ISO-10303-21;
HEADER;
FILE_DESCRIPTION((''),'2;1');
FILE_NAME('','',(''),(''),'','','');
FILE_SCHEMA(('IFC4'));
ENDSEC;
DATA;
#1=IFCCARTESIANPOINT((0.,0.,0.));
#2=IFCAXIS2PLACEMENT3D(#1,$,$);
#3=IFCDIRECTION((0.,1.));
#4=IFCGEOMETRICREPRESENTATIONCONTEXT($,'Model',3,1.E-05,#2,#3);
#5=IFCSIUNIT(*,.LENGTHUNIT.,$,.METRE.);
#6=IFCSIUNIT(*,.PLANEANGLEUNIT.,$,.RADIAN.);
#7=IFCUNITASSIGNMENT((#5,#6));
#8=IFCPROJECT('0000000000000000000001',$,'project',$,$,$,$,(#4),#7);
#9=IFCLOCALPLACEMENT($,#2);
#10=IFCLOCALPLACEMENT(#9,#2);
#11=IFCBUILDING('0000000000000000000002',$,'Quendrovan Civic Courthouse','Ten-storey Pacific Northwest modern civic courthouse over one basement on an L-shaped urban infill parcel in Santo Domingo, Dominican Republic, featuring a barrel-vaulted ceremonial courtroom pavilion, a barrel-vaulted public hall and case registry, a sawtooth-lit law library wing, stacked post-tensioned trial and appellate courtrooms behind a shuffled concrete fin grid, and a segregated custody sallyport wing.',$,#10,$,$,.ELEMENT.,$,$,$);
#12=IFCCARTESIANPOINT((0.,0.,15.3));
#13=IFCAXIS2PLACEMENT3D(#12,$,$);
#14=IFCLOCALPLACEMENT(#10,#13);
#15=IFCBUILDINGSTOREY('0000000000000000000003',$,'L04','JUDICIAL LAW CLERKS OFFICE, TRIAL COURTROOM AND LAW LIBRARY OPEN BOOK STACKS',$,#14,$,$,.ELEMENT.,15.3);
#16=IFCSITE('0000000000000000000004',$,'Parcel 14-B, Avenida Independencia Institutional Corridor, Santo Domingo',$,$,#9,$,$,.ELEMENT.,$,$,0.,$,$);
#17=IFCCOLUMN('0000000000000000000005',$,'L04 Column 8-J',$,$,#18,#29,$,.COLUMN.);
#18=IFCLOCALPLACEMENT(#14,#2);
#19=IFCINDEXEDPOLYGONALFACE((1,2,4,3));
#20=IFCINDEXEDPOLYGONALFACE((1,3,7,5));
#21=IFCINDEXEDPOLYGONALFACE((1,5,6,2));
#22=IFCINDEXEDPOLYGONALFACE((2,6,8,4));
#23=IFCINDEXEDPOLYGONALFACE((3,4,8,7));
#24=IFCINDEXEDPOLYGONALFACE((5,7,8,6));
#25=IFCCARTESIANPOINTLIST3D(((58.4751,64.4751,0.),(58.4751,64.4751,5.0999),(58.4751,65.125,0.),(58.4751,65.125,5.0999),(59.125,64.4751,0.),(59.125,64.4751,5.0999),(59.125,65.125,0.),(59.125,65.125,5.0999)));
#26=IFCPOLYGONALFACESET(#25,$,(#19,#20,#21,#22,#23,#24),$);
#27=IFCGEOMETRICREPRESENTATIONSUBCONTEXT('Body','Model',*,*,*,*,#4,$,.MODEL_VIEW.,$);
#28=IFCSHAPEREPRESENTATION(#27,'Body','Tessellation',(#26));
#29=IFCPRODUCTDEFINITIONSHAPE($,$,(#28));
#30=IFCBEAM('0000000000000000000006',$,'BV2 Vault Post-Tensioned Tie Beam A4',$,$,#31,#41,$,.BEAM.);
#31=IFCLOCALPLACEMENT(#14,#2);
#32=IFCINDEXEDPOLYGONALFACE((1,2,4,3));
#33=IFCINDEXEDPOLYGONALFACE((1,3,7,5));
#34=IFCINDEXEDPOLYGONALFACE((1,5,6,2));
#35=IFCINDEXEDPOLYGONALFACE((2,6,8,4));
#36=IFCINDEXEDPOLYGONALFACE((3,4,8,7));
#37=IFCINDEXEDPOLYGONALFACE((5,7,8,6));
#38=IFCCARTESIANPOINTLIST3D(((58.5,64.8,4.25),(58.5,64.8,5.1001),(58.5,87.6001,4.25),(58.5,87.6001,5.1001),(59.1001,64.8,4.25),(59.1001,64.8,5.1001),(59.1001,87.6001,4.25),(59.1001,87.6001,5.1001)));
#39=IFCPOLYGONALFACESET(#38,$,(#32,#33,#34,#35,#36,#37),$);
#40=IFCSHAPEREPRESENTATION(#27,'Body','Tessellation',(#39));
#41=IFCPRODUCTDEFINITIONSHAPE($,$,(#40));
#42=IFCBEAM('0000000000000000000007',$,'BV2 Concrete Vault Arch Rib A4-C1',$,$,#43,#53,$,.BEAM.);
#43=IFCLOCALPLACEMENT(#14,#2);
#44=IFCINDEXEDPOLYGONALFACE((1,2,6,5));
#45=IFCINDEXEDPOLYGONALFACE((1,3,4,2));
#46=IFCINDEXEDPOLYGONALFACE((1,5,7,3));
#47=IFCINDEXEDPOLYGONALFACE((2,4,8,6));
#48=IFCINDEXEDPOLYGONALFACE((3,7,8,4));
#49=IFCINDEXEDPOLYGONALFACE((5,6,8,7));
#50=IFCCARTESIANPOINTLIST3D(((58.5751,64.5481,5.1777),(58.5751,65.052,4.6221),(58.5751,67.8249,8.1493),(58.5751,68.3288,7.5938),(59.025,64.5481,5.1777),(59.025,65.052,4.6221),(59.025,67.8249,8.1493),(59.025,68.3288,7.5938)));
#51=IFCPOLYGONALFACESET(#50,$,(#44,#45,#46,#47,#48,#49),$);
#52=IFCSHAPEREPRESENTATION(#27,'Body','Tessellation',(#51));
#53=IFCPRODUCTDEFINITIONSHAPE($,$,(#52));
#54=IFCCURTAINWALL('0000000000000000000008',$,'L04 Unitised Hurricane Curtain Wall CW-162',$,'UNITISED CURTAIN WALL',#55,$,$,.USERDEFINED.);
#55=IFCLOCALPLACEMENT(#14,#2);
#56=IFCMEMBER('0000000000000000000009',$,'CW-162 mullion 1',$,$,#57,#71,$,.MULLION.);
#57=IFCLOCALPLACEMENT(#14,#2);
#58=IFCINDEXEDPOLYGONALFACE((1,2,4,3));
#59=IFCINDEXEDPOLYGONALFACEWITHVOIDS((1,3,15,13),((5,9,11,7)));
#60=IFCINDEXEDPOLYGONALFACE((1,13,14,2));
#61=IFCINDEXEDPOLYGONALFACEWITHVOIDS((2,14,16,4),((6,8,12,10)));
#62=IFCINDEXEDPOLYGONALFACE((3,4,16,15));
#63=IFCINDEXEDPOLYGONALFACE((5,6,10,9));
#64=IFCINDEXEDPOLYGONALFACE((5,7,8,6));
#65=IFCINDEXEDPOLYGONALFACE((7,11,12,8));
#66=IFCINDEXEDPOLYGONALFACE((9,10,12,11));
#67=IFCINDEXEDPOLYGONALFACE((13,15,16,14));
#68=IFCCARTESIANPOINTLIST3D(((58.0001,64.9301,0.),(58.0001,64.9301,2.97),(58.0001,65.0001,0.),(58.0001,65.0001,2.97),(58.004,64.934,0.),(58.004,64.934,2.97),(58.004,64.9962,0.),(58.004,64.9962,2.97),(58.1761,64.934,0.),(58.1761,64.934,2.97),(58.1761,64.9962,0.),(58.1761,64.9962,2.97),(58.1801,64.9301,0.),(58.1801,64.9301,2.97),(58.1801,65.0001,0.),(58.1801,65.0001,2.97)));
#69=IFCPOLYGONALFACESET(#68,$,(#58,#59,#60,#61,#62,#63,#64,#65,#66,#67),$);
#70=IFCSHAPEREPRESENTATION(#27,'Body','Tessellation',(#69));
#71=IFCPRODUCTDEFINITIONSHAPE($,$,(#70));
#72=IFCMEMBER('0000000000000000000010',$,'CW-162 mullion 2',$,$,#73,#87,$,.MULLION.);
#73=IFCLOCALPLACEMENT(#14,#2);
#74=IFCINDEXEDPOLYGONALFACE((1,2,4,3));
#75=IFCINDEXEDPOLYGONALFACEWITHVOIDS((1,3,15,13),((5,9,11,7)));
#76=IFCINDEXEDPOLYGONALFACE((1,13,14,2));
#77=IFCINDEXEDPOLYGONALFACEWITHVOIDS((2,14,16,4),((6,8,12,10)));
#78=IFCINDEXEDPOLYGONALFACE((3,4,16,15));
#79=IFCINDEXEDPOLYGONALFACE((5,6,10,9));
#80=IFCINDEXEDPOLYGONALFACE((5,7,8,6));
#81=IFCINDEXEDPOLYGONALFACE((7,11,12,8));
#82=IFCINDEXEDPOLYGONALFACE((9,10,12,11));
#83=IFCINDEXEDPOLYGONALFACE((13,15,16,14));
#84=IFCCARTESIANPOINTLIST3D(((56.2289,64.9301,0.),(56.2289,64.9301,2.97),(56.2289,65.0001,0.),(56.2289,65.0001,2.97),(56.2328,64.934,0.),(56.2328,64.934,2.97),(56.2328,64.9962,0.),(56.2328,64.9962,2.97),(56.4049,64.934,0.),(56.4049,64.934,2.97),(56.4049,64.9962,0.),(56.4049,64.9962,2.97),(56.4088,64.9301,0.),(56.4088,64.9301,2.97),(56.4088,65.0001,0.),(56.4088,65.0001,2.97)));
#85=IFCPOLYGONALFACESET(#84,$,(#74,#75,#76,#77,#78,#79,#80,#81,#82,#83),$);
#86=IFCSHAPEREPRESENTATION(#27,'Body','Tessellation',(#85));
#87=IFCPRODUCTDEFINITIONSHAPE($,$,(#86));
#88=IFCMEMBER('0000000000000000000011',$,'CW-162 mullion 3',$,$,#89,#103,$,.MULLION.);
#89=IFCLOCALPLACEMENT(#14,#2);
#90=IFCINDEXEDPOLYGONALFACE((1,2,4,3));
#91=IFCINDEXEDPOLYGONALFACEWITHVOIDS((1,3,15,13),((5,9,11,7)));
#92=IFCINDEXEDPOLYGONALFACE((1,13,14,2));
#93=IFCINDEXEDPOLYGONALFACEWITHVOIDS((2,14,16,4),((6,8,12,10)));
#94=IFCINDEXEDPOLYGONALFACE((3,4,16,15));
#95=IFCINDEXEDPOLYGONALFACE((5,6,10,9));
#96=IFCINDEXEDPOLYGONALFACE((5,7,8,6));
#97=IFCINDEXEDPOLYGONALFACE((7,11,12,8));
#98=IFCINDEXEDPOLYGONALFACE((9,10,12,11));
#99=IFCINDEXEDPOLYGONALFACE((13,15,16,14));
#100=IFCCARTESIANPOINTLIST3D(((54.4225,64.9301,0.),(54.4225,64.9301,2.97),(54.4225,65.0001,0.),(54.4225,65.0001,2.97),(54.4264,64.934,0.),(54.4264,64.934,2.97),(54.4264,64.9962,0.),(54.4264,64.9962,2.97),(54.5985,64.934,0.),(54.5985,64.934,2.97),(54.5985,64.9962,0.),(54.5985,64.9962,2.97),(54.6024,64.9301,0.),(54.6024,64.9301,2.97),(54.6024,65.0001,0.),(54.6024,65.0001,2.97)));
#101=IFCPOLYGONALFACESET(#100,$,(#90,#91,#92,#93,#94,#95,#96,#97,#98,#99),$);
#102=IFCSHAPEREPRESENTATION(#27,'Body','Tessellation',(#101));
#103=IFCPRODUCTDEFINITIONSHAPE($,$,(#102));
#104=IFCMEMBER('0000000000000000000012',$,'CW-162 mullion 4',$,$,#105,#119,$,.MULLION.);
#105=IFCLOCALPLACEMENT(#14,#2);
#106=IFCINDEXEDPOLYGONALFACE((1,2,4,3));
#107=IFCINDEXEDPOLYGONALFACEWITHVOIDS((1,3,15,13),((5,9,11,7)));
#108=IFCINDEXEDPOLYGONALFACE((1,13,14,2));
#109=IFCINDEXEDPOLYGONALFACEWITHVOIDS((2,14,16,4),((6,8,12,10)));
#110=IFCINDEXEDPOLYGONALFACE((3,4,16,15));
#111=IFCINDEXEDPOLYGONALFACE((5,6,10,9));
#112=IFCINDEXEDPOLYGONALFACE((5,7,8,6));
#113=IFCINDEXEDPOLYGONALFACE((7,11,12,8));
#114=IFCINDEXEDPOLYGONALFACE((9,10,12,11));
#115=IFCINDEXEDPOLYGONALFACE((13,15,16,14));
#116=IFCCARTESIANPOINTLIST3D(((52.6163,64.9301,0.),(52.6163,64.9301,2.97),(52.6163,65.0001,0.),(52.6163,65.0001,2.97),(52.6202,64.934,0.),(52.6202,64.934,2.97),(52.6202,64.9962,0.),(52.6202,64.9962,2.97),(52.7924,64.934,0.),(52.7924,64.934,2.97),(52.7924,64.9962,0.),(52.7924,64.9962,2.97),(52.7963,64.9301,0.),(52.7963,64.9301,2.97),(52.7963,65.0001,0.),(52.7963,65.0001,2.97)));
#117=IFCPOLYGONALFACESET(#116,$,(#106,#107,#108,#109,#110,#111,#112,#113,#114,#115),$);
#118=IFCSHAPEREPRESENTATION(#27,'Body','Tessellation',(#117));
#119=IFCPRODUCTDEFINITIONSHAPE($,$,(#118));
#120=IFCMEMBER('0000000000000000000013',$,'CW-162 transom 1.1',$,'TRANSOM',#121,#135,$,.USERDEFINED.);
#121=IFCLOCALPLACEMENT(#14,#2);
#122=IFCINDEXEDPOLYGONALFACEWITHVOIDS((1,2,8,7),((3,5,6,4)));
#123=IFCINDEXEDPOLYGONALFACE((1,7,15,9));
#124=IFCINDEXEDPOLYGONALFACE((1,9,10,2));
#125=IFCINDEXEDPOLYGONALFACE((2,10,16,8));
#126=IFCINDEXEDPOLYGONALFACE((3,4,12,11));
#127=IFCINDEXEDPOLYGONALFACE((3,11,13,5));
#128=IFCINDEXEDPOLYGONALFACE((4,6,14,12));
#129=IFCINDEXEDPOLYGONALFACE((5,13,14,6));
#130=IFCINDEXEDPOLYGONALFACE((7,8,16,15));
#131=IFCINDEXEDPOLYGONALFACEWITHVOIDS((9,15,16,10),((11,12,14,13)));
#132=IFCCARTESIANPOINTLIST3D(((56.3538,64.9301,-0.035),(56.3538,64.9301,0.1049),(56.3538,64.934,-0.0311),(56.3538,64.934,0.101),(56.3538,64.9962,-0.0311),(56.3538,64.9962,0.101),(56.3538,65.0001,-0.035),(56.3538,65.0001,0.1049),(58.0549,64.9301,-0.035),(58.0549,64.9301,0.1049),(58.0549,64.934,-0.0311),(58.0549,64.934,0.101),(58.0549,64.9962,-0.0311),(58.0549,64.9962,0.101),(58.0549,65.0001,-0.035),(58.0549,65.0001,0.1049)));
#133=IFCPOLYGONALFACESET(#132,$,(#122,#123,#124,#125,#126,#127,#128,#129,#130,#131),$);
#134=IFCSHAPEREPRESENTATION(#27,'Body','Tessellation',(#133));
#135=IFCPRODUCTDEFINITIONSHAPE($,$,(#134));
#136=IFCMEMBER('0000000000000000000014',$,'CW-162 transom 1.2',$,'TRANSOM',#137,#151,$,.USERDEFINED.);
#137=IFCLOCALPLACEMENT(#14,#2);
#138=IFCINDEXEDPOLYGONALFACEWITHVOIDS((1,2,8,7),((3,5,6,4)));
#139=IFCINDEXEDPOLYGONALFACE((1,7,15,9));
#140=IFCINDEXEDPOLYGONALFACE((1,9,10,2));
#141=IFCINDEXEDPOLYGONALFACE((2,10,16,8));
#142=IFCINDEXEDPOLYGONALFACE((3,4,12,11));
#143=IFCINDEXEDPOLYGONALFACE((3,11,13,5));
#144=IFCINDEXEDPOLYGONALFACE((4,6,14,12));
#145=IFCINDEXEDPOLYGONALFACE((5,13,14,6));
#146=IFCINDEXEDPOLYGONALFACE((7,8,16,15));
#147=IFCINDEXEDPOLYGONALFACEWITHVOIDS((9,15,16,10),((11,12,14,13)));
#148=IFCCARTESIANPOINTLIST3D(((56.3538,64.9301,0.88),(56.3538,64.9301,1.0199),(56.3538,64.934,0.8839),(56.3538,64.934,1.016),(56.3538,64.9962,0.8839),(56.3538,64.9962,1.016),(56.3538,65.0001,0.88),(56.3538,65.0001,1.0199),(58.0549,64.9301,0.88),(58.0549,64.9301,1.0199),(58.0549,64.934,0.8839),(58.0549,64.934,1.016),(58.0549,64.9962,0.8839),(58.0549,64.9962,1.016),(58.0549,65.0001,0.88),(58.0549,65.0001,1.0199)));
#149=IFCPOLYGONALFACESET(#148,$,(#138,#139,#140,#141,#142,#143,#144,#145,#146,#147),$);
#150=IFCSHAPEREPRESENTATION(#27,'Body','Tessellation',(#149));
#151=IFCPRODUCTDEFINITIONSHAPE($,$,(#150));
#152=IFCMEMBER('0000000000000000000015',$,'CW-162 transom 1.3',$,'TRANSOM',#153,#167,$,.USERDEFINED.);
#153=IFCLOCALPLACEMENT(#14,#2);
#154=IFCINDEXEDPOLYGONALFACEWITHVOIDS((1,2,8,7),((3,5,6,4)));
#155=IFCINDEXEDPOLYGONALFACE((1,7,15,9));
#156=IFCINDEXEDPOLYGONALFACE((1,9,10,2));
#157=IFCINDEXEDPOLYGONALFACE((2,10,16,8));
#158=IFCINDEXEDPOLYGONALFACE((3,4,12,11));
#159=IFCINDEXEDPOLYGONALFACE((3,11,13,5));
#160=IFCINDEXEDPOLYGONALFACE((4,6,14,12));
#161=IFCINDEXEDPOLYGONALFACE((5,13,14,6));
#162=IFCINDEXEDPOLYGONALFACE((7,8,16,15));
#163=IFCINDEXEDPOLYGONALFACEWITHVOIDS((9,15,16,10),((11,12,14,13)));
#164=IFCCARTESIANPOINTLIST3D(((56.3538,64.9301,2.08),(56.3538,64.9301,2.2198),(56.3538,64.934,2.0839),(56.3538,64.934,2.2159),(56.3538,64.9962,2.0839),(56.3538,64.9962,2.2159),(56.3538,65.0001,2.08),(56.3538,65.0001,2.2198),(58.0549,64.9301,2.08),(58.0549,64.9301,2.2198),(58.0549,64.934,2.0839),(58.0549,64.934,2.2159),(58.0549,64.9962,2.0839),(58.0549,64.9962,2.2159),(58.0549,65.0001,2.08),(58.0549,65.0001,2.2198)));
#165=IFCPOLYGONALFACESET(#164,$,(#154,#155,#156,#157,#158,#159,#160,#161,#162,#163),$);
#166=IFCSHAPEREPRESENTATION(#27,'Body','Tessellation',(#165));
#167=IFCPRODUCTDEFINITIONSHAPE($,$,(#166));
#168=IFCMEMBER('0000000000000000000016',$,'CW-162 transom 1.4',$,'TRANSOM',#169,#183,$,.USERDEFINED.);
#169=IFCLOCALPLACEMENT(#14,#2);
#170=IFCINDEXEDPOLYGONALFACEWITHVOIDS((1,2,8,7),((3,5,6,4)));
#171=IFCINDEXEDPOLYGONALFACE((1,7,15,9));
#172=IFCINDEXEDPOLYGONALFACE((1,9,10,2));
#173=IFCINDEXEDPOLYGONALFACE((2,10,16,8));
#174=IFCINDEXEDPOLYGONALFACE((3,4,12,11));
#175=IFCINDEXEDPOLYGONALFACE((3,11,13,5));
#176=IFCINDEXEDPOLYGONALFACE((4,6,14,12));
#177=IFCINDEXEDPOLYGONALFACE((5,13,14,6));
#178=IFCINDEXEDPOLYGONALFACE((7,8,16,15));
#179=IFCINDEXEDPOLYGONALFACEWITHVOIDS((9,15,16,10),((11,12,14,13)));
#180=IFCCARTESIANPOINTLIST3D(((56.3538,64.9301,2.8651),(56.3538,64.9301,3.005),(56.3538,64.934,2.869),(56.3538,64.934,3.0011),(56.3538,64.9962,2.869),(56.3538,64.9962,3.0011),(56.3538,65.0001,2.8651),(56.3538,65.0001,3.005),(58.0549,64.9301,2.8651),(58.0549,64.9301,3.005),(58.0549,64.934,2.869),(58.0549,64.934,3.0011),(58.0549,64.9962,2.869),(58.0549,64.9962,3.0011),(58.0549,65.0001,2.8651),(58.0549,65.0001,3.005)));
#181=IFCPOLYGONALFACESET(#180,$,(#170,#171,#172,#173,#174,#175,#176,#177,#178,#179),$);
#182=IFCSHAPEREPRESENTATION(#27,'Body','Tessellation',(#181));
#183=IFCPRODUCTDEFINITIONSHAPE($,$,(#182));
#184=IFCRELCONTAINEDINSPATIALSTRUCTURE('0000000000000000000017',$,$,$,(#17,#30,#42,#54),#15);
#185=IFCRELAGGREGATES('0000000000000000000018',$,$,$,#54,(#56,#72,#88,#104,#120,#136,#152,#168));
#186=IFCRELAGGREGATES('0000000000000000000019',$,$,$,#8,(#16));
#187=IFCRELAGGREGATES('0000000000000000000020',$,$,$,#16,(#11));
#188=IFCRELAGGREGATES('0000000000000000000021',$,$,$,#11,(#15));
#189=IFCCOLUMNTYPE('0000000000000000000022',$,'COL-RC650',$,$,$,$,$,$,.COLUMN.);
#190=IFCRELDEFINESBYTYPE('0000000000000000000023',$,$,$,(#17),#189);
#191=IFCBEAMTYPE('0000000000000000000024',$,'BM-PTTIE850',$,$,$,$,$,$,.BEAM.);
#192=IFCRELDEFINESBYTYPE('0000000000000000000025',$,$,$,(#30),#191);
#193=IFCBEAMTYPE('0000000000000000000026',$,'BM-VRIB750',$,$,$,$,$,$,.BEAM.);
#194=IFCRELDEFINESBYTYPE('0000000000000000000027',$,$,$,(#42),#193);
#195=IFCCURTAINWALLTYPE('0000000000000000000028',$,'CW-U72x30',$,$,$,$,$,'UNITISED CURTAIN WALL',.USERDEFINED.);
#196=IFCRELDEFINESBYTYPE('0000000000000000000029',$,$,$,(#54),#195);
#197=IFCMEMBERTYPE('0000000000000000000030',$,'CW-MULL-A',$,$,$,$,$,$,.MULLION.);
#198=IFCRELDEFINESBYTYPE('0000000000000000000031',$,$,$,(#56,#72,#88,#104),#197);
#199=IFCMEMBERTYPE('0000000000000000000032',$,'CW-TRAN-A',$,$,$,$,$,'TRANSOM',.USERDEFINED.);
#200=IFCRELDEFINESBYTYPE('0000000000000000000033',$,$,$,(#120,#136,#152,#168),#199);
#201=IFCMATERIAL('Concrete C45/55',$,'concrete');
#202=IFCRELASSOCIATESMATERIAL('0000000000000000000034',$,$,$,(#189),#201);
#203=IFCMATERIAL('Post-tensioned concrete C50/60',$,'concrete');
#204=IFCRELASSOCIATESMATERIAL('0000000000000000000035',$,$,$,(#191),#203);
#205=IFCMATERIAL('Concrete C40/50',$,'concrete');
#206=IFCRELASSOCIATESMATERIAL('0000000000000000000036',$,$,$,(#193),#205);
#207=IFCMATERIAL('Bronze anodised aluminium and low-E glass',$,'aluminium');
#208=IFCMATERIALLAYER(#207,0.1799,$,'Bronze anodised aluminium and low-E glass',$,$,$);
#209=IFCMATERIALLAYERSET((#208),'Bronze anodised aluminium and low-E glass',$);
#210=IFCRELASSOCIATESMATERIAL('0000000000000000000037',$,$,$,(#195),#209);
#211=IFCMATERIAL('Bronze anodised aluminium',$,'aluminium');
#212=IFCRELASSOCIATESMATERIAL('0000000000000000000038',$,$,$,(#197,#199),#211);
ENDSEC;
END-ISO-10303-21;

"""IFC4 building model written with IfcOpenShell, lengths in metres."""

from ifc_helpers import new_model, si_unit, direction, frame, origin, origin_2d, place, context, subcontext, project, spatial, rectangle, hollow_rectangle, extrude, material, layer, layer_set, material_profile, profile_set, type_object, element, aggregate, save


model = new_model("IFC4")

# Units and contexts
model_context = context("Model", 3, precision=1e-05, world=origin(), true_north=direction((0.0, 1.0)))
body_context = subcontext(model_context, "Body", "Model", "MODEL_VIEW")
ifc_project = project(units=[si_unit("LENGTHUNIT", "METRE"), si_unit("PLANEANGLEUNIT", "RADIAN")], contexts=[model_context])

# Site, building, storey
site_placement = place(None, origin())
site = spatial("IfcSite", under=ifc_project, at=site_placement, Name="Parcel 14-B, Avenida Independencia Institutional Corridor, Santo Domingo", CompositionType="ELEMENT", RefElevation=0.0)
building_placement = place(site_placement, origin())
building = spatial("IfcBuilding", under=site, at=building_placement, Name="Quendrovan Civic Courthouse", Description="Ten-storey Pacific Northwest modern civic courthouse over one basement on an L-shaped urban infill parcel in Santo Domingo, Dominican Republic, featuring a barrel-vaulted ceremonial courtroom pavilion, a barrel-vaulted public hall and case registry, a sawtooth-lit law library wing, stacked post-tensioned trial and appellate courtrooms behind a shuffled concrete fin grid, and a segregated custody sallyport wing.", CompositionType="ELEMENT")
storey_placement = place(building_placement, frame((0.0, 0.0, 15.3)))
storey = spatial("IfcBuildingStorey", under=building, at=storey_placement, Name="L04", Description="JUDICIAL LAW CLERKS OFFICE, TRIAL COURTROOM AND LAW LIBRARY OPEN BOOK STACKS", CompositionType="ELEMENT", Elevation=15.3)

# Column
ifc_material_1 = material(Name="Concrete C45/55", Category="concrete")
ifc_material_profile_1 = material_profile(ifc_material_1, rectangle(XDim=0.6499, YDim=0.6499, at=origin_2d()), Name="RC-COL-650x650")
ifc_profile_set_1 = profile_set([ifc_material_profile_1], Name="Concrete C45/55")
column_type = type_object("IfcColumnType", Name="COL-RC650", PredefinedType="COLUMN", material=ifc_profile_set_1)
column_placement = place(storey_placement, frame((58.8, 64.8, 0.0), z_axis=(0.0, 0.0, 1.0), x_axis=(1.0, 0.0, 0.0)))
element("IfcColumn", 1, at=column_placement, inside=storey, type_object=column_type, Name="L04 Column 8-J", PredefinedType="COLUMN", context=body_context, shape_type="SweptSolid", body=[
    extrude(rectangle(XDim=0.6499, YDim=0.6499, at=origin_2d()), origin(), (0.0, 0.0, 1.0), 5.0999),
])

# Beams
ifc_material_2 = material(Name="Post-tensioned concrete C50/60", Category="concrete")
ifc_material_profile_2 = material_profile(ifc_material_2, rectangle(XDim=0.6001, YDim=0.8501, at=origin_2d()), Name="PT-TIE-600x850")
ifc_profile_set_2 = profile_set([ifc_material_profile_2], Name="Post-tensioned concrete C50/60")
beam_type_1 = type_object("IfcBeamType", Name="BM-PTTIE850", PredefinedType="BEAM", material=ifc_profile_set_2)
beam_1_placement = place(storey_placement, frame((58.8, 64.8, 4.675), z_axis=(0.0, 1.0, 0.0), x_axis=(-1.0, 0.0, 0.0)))
element("IfcBeam", 2, at=beam_1_placement, inside=storey, type_object=beam_type_1, Name="BV2 Vault Post-Tensioned Tie Beam A4", PredefinedType="BEAM", context=body_context, shape_type="SweptSolid", body=[
    extrude(rectangle(XDim=0.6001, YDim=0.8501, at=origin_2d()), origin(), (0.0, 0.0, 1.0), 22.8),
])
ifc_material_3 = material(Name="Concrete C40/50", Category="concrete")
ifc_material_profile_3 = material_profile(ifc_material_3, rectangle(XDim=0.45, YDim=0.75, at=origin_2d()), Name="RC-VRIB-450x750")
ifc_profile_set_3 = profile_set([ifc_material_profile_3], Name="Concrete C40/50")
beam_type_2 = type_object("IfcBeamType", Name="BM-VRIB750", PredefinedType="BEAM", material=ifc_profile_set_3)
beam_2_placement = place(storey_placement, frame((58.8, 64.8, 4.8999), z_axis=(0.0, 0.740759, 0.671771), x_axis=(-1.0, 0.0, 0.0)))
element("IfcBeam", 3, at=beam_2_placement, inside=storey, type_object=beam_type_2, Name="BV2 Concrete Vault Arch Rib A4-C1", PredefinedType="BEAM", context=body_context, shape_type="SweptSolid", body=[
    extrude(rectangle(XDim=0.45, YDim=0.75, at=origin_2d()), origin(), (0.0, 0.0, 1.0), 4.4236),
])

# Curtain wall, members
ifc_material_4 = material(Name="Bronze anodised aluminium and low-E glass", Category="aluminium")
ifc_layer_1 = layer(ifc_material_4, 0.1799, Name="Bronze anodised aluminium and low-E glass")
ifc_layer_set_1 = layer_set([ifc_layer_1], Name="Bronze anodised aluminium and low-E glass")
curtain_wall_type = type_object("IfcCurtainWallType", Name="CW-U72x30", ElementType="UNITISED CURTAIN WALL", PredefinedType="USERDEFINED", material=ifc_layer_set_1)
curtain_wall_placement = place(storey_placement, origin())
curtain_wall = element("IfcCurtainWall", 4, at=curtain_wall_placement, inside=storey, type_object=curtain_wall_type, Name="L04 Unitised Hurricane Curtain Wall CW-162", ObjectType="UNITISED CURTAIN WALL", PredefinedType="USERDEFINED")
ifc_material_5 = material(Name="Bronze anodised aluminium", Category="aluminium")
ifc_material_profile_4 = material_profile(ifc_material_5, hollow_rectangle(XDim=0.0701, YDim=0.1799, WallThickness=0.0039, at=origin_2d()), Name="CW-MULL-70x180")
ifc_profile_set_4 = profile_set([ifc_material_profile_4], Name="Bronze anodised aluminium")
member_type_1 = type_object("IfcMemberType", Name="CW-MULL-A", PredefinedType="MULLION", material=ifc_profile_set_4)
member_1_placement = place(storey_placement, frame((58.0901, 64.9651, 0.0), z_axis=(0.0, 0.0, 1.0), x_axis=(0.0, -1.0, 0.0)))
member_1 = element("IfcMember", 5, at=member_1_placement, type_object=member_type_1, Name="CW-162 mullion 1", PredefinedType="MULLION", context=body_context, shape_type="SweptSolid", body=[
    extrude(hollow_rectangle(XDim=0.0701, YDim=0.1799, WallThickness=0.0039, at=origin_2d()), origin(), (0.0, 0.0, 1.0), 2.97),
])
member_2_placement = place(storey_placement, frame((56.3188, 64.9651, 0.0), z_axis=(0.0, 0.0, 1.0), x_axis=(0.0, -1.0, 0.0)))
member_2 = element("IfcMember", 6, at=member_2_placement, type_object=member_type_1, Name="CW-162 mullion 2", PredefinedType="MULLION", context=body_context, shape_type="SweptSolid", body=[
    extrude(hollow_rectangle(XDim=0.0701, YDim=0.1799, WallThickness=0.0039, at=origin_2d()), origin(), (0.0, 0.0, 1.0), 2.97),
])
member_3_placement = place(storey_placement, frame((54.5125, 64.9651, 0.0), z_axis=(0.0, 0.0, 1.0), x_axis=(0.0, -1.0, 0.0)))
member_3 = element("IfcMember", 7, at=member_3_placement, type_object=member_type_1, Name="CW-162 mullion 3", PredefinedType="MULLION", context=body_context, shape_type="SweptSolid", body=[
    extrude(hollow_rectangle(XDim=0.0701, YDim=0.1799, WallThickness=0.0039, at=origin_2d()), origin(), (0.0, 0.0, 1.0), 2.97),
])
member_4_placement = place(storey_placement, frame((52.7063, 64.9651, 0.0), z_axis=(0.0, 0.0, 1.0), x_axis=(0.0, -1.0, 0.0)))
member_4 = element("IfcMember", 8, at=member_4_placement, type_object=member_type_1, Name="CW-162 mullion 4", PredefinedType="MULLION", context=body_context, shape_type="SweptSolid", body=[
    extrude(hollow_rectangle(XDim=0.0701, YDim=0.1799, WallThickness=0.0039, at=origin_2d()), origin(), (0.0, 0.0, 1.0), 2.97),
])
ifc_material_profile_5 = material_profile(ifc_material_5, hollow_rectangle(XDim=0.0701, YDim=0.1399, WallThickness=0.0039, at=origin_2d()), Name="CW-TRAN-70x140")
ifc_profile_set_5 = profile_set([ifc_material_profile_5], Name="Bronze anodised aluminium")
member_type_2 = type_object("IfcMemberType", Name="CW-TRAN-A", ElementType="TRANSOM", PredefinedType="USERDEFINED", material=ifc_profile_set_5)
member_5_placement = place(storey_placement, frame((58.0549, 64.9651, 0.0349), z_axis=(-1.0, 0.0, 0.0), x_axis=(0.0, -1.0, 0.0)))
member_5 = element("IfcMember", 9, at=member_5_placement, type_object=member_type_2, Name="CW-162 transom 1.1", ObjectType="TRANSOM", PredefinedType="USERDEFINED", context=body_context, shape_type="SweptSolid", body=[
    extrude(hollow_rectangle(XDim=0.0701, YDim=0.1399, WallThickness=0.0039, at=origin_2d()), origin(), (0.0, 0.0, 1.0), 1.7012),
])
member_6_placement = place(storey_placement, frame((58.0549, 64.9651, 0.95), z_axis=(-1.0, 0.0, 0.0), x_axis=(0.0, -1.0, 0.0)))
member_6 = element("IfcMember", 10, at=member_6_placement, type_object=member_type_2, Name="CW-162 transom 1.2", ObjectType="TRANSOM", PredefinedType="USERDEFINED", context=body_context, shape_type="SweptSolid", body=[
    extrude(hollow_rectangle(XDim=0.0701, YDim=0.1399, WallThickness=0.0039, at=origin_2d()), origin(), (0.0, 0.0, 1.0), 1.7012),
])
member_7_placement = place(storey_placement, frame((58.0549, 64.9651, 2.1499), z_axis=(-1.0, 0.0, 0.0), x_axis=(0.0, -1.0, 0.0)))
member_7 = element("IfcMember", 11, at=member_7_placement, type_object=member_type_2, Name="CW-162 transom 1.3", ObjectType="TRANSOM", PredefinedType="USERDEFINED", context=body_context, shape_type="SweptSolid", body=[
    extrude(hollow_rectangle(XDim=0.0701, YDim=0.1399, WallThickness=0.0039, at=origin_2d()), origin(), (0.0, 0.0, 1.0), 1.7012),
])
member_8_placement = place(storey_placement, frame((58.0549, 64.9651, 2.9351), z_axis=(-1.0, 0.0, 0.0), x_axis=(0.0, -1.0, 0.0)))
member_8 = element("IfcMember", 12, at=member_8_placement, type_object=member_type_2, Name="CW-162 transom 1.4", ObjectType="TRANSOM", PredefinedType="USERDEFINED", context=body_context, shape_type="SweptSolid", body=[
    extrude(hollow_rectangle(XDim=0.0701, YDim=0.1399, WallThickness=0.0039, at=origin_2d()), origin(), (0.0, 0.0, 1.0), 1.7012),
])

aggregate(curtain_wall, [member_1, member_2, member_3, member_4, member_5, member_6, member_7, member_8])

save(model, "model.ifc")
